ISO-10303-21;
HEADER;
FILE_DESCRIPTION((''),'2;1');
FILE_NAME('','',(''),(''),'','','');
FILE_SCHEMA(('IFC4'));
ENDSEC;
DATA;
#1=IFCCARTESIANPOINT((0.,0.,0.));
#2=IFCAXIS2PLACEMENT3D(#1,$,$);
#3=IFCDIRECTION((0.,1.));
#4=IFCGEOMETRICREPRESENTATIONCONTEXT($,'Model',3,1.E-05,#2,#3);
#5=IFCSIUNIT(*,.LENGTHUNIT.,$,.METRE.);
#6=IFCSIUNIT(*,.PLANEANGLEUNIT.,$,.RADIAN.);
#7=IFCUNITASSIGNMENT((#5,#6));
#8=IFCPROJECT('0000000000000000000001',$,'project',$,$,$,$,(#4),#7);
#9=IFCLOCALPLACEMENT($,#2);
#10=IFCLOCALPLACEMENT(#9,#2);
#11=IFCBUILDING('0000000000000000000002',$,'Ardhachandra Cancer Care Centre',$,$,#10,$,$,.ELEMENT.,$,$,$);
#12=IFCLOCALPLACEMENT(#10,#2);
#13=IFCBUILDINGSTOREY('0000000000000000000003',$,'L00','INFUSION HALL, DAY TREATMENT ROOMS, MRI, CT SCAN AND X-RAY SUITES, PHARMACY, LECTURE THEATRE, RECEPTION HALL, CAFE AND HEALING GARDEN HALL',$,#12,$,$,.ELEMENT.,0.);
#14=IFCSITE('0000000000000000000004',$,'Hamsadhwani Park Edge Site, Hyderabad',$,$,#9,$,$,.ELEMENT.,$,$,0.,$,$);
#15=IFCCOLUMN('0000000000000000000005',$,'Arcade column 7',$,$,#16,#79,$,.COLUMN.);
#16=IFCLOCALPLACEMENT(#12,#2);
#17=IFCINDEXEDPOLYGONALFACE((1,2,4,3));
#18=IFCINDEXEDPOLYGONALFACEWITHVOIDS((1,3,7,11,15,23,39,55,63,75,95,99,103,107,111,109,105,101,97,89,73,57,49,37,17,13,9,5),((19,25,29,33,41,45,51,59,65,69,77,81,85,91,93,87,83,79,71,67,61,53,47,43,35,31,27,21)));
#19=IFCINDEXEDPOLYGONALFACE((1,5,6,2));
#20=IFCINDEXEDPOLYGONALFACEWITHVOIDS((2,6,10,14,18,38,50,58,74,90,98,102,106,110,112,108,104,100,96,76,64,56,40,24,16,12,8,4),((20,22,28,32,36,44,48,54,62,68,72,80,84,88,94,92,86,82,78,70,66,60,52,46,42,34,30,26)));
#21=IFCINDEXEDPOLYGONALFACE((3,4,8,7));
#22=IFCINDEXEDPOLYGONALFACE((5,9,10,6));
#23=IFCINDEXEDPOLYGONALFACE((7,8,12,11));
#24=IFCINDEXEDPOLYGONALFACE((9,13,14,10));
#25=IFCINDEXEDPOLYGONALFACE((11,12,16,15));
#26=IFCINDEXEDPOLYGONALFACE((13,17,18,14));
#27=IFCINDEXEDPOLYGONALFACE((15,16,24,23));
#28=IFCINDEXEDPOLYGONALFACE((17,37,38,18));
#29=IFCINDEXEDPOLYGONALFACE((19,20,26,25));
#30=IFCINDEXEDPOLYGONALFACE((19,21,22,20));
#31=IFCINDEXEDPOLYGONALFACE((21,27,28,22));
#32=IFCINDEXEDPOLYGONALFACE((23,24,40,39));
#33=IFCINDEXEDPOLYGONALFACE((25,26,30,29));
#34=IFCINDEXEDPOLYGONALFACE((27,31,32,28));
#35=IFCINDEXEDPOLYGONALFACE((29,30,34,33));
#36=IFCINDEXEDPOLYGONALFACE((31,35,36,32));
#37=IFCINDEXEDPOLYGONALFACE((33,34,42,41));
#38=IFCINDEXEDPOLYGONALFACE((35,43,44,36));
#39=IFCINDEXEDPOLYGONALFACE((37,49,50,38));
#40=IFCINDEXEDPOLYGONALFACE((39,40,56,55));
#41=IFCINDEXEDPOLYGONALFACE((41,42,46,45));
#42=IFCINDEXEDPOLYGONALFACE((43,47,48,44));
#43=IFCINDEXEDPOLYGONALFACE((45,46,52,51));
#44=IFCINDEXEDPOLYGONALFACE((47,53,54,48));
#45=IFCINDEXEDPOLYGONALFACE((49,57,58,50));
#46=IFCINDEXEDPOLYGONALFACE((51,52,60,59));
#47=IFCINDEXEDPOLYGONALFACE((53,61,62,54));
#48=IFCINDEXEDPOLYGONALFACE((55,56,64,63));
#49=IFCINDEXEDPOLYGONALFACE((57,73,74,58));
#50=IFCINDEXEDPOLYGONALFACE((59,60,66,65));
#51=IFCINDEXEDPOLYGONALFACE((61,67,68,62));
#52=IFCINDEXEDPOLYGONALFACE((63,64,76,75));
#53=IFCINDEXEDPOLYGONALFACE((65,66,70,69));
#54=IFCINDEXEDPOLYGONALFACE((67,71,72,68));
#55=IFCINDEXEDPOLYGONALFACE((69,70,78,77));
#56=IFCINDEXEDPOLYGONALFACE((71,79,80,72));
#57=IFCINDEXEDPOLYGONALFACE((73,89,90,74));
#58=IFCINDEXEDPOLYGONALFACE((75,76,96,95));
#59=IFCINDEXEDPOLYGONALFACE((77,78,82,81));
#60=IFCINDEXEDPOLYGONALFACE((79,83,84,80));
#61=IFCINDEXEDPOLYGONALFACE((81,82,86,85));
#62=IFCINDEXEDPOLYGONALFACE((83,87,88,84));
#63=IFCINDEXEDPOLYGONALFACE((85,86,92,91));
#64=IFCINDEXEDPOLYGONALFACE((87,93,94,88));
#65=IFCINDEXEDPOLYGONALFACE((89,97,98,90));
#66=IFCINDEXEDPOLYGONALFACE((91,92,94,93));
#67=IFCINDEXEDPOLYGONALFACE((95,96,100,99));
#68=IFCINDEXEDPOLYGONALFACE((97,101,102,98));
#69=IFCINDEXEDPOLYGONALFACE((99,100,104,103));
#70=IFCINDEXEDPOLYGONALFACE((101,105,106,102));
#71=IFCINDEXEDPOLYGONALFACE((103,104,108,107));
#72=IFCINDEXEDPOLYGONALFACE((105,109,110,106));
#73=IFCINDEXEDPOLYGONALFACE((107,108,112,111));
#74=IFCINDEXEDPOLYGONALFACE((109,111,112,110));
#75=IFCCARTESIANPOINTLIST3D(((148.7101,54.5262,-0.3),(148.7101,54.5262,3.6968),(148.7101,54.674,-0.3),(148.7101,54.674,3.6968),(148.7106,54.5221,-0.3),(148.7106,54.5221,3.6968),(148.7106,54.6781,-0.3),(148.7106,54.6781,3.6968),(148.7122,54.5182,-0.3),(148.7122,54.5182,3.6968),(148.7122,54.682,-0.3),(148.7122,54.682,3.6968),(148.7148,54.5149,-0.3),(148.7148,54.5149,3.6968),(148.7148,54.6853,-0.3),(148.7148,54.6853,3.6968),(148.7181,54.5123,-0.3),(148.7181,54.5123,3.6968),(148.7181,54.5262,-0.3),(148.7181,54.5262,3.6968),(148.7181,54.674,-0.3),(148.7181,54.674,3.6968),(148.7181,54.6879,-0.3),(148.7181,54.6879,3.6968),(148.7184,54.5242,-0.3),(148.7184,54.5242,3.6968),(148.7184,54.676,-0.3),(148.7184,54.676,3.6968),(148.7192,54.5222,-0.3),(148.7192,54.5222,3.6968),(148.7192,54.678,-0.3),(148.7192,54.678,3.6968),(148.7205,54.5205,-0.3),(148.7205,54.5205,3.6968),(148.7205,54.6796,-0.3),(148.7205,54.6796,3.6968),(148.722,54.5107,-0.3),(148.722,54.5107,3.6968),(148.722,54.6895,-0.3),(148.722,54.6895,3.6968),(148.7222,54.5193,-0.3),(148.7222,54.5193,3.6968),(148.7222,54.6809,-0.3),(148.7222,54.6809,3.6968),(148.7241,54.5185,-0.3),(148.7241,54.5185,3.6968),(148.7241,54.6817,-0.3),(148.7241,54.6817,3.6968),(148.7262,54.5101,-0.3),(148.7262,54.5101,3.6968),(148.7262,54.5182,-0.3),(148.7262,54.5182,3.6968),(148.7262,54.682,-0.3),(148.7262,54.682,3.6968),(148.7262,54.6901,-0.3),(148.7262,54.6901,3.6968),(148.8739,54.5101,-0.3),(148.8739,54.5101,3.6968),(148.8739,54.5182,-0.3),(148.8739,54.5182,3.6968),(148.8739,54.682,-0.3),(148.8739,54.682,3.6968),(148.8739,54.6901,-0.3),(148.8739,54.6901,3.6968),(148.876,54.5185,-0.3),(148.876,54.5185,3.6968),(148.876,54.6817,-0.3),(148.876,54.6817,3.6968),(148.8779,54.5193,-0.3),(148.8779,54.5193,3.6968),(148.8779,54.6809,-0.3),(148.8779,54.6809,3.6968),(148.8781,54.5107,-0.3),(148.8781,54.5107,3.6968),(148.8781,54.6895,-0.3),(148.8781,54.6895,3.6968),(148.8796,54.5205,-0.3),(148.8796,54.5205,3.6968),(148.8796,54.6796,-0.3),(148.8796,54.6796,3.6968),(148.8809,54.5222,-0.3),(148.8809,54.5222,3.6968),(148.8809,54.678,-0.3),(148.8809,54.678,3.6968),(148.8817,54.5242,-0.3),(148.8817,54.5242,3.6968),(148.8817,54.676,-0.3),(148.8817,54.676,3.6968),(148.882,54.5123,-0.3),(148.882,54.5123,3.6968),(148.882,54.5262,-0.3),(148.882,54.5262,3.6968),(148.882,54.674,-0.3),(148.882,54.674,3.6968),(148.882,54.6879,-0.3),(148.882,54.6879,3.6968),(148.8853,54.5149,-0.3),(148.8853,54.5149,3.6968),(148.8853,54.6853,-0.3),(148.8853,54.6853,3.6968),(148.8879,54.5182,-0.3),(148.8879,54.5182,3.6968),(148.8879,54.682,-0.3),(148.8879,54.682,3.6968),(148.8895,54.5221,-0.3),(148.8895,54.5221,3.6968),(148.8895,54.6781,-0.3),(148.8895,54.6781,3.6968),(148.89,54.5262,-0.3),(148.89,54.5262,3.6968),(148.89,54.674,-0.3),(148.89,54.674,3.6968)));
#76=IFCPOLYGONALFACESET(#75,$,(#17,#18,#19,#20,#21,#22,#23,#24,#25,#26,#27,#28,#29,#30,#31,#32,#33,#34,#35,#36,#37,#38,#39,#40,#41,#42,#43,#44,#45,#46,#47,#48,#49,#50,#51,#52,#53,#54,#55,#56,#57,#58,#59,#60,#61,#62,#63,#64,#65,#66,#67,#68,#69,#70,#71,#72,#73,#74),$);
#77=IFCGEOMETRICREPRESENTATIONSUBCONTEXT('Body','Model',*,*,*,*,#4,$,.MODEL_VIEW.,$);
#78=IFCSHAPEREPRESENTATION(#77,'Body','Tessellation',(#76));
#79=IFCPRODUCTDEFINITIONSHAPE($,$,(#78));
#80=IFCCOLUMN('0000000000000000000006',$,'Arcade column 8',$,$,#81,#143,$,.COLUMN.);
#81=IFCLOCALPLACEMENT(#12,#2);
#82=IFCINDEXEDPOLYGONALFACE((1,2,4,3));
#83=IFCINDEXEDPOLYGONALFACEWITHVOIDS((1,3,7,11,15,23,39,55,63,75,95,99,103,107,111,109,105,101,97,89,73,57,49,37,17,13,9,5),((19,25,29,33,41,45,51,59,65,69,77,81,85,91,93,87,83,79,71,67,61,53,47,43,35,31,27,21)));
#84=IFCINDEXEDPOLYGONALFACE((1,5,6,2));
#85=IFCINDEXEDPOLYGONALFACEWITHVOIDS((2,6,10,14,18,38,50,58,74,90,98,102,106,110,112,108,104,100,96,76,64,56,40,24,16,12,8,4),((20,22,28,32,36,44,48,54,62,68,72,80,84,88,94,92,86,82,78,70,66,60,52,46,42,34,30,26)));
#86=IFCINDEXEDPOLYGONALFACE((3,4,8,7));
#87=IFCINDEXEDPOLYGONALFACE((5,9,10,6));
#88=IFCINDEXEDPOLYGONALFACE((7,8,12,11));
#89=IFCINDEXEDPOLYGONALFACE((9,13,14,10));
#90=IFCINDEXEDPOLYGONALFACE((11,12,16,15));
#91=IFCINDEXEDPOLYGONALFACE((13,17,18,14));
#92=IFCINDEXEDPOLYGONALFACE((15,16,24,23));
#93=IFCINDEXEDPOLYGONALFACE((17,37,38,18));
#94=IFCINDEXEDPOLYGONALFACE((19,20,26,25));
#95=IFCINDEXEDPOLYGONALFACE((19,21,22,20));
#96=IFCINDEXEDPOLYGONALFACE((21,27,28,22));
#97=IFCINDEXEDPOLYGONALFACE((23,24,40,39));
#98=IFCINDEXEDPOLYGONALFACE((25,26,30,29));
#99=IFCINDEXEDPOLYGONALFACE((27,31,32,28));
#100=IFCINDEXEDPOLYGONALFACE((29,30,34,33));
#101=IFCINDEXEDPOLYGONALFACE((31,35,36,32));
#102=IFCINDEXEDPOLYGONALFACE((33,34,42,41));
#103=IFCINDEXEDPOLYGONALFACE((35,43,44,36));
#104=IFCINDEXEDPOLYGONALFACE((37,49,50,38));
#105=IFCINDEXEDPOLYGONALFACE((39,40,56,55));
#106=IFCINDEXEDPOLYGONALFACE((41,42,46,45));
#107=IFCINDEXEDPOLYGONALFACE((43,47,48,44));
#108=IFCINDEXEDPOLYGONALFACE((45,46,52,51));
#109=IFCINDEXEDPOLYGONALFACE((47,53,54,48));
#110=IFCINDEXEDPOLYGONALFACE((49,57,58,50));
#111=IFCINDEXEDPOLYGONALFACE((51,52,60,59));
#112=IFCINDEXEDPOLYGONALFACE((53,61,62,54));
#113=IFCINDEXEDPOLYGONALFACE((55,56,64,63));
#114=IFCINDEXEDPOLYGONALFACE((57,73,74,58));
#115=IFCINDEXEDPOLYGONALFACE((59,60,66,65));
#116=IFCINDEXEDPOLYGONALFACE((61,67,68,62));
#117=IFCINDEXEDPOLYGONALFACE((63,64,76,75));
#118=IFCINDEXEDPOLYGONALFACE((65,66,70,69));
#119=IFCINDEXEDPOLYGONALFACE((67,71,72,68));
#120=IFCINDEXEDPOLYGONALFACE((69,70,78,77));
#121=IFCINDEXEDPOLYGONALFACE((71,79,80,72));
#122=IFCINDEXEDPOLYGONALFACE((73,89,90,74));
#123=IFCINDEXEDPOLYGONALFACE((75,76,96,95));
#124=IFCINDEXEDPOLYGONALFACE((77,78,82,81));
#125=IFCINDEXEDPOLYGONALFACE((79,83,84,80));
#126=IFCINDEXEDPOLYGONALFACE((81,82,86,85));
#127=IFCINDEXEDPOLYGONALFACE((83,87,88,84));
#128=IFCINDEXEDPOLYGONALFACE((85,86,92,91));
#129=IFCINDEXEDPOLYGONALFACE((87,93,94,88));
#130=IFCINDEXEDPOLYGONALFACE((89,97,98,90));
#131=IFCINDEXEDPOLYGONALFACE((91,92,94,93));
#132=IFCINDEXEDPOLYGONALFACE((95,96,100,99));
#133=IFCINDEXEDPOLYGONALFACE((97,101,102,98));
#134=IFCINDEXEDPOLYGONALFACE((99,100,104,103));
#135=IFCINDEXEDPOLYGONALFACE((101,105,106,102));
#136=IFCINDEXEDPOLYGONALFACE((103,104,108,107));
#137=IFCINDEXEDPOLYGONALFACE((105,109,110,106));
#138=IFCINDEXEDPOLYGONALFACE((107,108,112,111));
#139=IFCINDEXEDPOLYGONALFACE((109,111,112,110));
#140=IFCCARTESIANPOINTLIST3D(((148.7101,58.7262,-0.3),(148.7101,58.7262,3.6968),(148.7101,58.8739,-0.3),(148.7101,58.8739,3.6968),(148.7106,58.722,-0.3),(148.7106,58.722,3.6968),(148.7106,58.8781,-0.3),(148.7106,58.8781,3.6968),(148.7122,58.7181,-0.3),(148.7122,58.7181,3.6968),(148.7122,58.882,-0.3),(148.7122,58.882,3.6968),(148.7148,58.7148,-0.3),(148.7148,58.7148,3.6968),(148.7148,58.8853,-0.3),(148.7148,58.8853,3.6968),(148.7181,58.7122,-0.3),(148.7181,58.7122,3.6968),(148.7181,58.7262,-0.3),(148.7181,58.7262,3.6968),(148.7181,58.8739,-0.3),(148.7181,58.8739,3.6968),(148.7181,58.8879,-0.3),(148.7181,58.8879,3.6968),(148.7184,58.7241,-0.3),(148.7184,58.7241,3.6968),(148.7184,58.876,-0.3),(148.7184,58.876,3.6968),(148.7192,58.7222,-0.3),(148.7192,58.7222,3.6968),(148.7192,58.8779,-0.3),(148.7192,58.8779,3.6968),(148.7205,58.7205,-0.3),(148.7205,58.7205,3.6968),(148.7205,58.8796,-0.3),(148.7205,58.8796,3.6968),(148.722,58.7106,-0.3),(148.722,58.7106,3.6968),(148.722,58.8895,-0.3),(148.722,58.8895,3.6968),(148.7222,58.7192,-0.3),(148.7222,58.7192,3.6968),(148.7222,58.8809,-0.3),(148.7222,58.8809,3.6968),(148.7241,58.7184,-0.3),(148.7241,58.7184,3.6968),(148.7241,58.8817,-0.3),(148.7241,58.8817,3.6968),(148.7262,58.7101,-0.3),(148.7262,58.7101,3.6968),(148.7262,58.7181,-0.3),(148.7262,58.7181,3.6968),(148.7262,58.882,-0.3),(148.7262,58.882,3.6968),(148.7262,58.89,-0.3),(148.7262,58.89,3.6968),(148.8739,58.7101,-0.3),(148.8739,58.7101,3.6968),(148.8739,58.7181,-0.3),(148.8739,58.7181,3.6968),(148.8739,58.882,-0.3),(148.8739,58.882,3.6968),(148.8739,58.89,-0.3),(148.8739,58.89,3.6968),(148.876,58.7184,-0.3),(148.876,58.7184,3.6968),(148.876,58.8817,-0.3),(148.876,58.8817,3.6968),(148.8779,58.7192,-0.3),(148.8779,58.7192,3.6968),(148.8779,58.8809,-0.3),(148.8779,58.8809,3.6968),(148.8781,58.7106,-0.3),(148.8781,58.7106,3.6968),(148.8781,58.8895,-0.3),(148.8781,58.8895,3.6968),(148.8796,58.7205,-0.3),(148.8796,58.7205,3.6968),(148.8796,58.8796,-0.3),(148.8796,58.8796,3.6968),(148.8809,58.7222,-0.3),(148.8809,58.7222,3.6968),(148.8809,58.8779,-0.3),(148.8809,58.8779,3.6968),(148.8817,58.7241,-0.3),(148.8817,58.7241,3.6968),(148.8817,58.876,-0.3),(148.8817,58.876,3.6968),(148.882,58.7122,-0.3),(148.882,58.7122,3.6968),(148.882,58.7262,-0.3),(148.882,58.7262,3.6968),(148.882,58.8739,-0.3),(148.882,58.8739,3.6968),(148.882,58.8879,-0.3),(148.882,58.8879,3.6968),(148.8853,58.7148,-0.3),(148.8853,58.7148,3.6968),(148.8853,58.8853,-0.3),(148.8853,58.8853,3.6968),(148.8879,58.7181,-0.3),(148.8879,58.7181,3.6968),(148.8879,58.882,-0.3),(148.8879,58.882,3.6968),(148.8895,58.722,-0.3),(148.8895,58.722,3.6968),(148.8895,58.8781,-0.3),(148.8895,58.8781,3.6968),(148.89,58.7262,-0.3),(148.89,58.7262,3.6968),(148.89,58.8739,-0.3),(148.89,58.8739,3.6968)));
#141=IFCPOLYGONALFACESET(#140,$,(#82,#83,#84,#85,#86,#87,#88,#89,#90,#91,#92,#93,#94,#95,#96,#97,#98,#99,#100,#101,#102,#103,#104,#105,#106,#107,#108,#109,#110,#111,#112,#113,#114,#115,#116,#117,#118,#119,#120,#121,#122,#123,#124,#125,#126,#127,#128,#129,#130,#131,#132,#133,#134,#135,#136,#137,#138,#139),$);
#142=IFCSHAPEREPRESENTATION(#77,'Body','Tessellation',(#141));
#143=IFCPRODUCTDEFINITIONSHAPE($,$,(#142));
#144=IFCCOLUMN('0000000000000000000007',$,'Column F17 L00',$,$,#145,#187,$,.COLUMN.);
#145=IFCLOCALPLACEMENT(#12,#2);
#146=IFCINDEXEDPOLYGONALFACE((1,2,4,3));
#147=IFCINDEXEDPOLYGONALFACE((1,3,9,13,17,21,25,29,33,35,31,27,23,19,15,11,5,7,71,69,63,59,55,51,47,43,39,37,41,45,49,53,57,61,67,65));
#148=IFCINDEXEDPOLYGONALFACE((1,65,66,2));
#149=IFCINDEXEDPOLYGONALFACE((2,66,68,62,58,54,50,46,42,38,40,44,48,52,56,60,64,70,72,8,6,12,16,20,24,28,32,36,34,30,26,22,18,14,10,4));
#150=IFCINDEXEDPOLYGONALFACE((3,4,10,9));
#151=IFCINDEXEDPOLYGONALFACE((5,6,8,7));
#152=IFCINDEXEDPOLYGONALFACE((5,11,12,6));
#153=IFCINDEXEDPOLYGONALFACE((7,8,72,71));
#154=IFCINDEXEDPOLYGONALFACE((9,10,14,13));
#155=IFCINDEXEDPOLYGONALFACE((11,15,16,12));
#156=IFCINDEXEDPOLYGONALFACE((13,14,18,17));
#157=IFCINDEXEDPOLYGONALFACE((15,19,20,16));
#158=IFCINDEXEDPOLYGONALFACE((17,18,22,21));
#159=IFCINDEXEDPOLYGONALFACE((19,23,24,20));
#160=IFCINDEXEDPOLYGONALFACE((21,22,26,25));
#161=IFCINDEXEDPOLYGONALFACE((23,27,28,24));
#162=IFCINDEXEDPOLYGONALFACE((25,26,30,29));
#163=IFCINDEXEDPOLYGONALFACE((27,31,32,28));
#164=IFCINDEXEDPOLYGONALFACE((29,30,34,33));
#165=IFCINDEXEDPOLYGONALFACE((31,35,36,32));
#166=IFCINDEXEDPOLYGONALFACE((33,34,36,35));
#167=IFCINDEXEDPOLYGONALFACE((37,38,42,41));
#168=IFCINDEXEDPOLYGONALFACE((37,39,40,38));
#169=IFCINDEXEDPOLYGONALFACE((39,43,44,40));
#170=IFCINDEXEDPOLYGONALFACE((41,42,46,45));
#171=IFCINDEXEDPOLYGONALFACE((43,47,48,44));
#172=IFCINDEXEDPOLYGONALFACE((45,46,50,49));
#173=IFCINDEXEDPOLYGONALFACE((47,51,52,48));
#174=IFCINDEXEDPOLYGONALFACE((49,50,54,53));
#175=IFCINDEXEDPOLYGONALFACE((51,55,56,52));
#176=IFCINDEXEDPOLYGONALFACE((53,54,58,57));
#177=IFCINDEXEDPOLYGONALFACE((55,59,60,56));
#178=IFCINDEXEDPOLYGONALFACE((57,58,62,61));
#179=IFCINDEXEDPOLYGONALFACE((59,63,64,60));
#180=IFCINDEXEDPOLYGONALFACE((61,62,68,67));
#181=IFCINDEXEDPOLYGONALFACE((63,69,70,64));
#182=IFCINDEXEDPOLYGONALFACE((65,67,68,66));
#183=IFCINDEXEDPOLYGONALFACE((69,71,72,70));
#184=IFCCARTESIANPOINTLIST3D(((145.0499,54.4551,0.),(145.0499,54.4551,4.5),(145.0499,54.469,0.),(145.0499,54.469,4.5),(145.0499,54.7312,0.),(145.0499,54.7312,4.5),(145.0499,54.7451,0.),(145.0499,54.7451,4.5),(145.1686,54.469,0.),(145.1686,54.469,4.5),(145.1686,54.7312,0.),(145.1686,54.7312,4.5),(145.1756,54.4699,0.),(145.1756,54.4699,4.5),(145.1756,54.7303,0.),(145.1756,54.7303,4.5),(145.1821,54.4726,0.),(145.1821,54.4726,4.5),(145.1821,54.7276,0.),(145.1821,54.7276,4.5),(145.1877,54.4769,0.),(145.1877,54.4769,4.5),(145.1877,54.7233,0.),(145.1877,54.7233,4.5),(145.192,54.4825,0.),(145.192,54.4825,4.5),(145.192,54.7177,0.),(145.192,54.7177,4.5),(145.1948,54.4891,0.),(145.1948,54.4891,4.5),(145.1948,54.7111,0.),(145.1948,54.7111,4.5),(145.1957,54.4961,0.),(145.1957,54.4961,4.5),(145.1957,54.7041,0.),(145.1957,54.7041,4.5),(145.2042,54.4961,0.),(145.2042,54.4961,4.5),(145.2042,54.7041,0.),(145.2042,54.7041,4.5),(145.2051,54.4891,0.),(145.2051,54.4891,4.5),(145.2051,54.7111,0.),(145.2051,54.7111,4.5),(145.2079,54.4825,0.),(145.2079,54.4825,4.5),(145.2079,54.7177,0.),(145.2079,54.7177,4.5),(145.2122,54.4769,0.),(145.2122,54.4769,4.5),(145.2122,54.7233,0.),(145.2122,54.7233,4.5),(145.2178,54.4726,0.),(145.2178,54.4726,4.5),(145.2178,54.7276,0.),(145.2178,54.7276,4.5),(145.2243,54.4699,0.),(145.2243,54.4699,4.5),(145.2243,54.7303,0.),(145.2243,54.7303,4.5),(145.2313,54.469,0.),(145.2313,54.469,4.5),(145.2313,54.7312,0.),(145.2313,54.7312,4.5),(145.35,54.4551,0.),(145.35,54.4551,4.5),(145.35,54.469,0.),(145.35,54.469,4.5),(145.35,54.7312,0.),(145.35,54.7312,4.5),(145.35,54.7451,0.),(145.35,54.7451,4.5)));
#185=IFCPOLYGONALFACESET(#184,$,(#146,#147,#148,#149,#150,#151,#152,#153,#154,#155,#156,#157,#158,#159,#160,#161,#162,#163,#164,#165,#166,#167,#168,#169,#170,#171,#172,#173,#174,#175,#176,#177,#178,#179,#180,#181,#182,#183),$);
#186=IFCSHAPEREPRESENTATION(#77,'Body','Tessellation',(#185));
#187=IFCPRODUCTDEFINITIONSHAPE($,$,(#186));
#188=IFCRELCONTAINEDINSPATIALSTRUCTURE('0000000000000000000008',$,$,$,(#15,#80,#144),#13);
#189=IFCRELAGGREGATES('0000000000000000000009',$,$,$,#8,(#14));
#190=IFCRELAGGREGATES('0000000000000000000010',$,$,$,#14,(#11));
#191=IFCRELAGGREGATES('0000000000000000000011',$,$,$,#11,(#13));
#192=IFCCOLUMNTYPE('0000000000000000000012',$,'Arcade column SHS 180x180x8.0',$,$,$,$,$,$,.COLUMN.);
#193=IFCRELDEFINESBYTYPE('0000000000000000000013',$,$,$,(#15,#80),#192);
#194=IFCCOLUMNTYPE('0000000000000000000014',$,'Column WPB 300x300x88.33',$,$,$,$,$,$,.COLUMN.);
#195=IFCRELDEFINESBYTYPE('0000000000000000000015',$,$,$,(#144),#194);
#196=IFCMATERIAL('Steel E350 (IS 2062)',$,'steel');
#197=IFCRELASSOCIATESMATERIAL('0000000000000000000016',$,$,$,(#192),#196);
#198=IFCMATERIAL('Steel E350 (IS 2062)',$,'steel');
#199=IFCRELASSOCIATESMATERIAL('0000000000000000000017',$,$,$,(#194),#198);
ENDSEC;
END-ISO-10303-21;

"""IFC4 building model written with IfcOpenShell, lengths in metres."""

from ifc_helpers import new_model, si_unit, direction, frame, origin, origin_2d, place, context, subcontext, project, spatial, hollow_rectangle, i_section, extrude, material, material_profile, profile_set, type_object, element, save


model = new_model("IFC4")

# Units and contexts
model_context = context("Model", 3, precision=1e-05, world=origin(), true_north=direction((0.0, 1.0)))
body_context = subcontext(model_context, "Body", "Model", "MODEL_VIEW")
ifc_project = project(units=[si_unit("LENGTHUNIT", "METRE"), si_unit("PLANEANGLEUNIT", "RADIAN")], contexts=[model_context])

# Site, building, storey
site_placement = place(None, origin())
site = spatial("IfcSite", under=ifc_project, at=site_placement, Name="Hamsadhwani Park Edge Site, Hyderabad", CompositionType="ELEMENT", RefElevation=0.0)
building_placement = place(site_placement, origin())
building = spatial("IfcBuilding", under=site, at=building_placement, Name="Ardhachandra Cancer Care Centre", CompositionType="ELEMENT")
storey_placement = place(building_placement, origin())
storey = spatial("IfcBuildingStorey", under=building, at=storey_placement, Name="L00", Description="INFUSION HALL, DAY TREATMENT ROOMS, MRI, CT SCAN AND X-RAY SUITES, PHARMACY, LECTURE THEATRE, RECEPTION HALL, CAFE AND HEALING GARDEN HALL", CompositionType="ELEMENT", Elevation=0.0)

# Columns
ifc_material_1 = material(Name="Steel E350 (IS 2062)", Category="steel")
ifc_material_profile_1 = material_profile(ifc_material_1, hollow_rectangle(XDim=0.1799, YDim=0.1799, WallThickness=0.0081, InnerFilletRadius=0.0081, OuterFilletRadius=0.0161, at=origin_2d()), Name="SHS 180x180x8.0")
ifc_profile_set_1 = profile_set([ifc_material_profile_1], Name="Steel E350 (IS 2062)")
column_type_1 = type_object("IfcColumnType", Name="Arcade column SHS 180x180x8.0", PredefinedType="COLUMN", material=ifc_profile_set_1)
for number, where, z_axis, x_axis, name in (
    (1, (148.8, 54.6001, -0.3), (0.0, 0.0, 1.0), (1.0, 0.0, 0.0), "Arcade column 7"),
    (2, (148.8, 58.8, -0.3), (0.0, 0.0, 1.0), (1.0, 0.0, 0.0), "Arcade column 8"),
):
    element("IfcColumn", number, at=place(storey_placement, frame(where, z_axis=z_axis, x_axis=x_axis)), inside=storey, type_object=column_type_1, Name=name, PredefinedType="COLUMN", context=body_context, shape_type="SweptSolid", body=[
        extrude(hollow_rectangle(XDim=0.1799, YDim=0.1799, WallThickness=0.0081, InnerFilletRadius=0.0081, OuterFilletRadius=0.0161, at=origin_2d()), origin(), (0.0, 0.0, 1.0), 3.9968),
    ])
ifc_material_2 = material(Name="Steel E350 (IS 2062)", Category="steel")
ifc_material_profile_2 = material_profile(ifc_material_2, i_section(OverallWidth=0.3, OverallDepth=0.29, WebThickness=0.0085, FlangeThickness=0.0139, FilletRadius=0.0271, at=origin_2d()), Name="WPB 300x300x88.33")
ifc_profile_set_2 = profile_set([ifc_material_profile_2], Name="Steel E350 (IS 2062)")
column_type_2 = type_object("IfcColumnType", Name="Column WPB 300x300x88.33", PredefinedType="COLUMN", material=ifc_profile_set_2)
for number, where, z_axis, x_axis, name in (
    (3, (145.2, 54.6001, 0.0), (0.0, 0.0, 1.0), (1.0, 0.0, 0.0), "Column F17 L00"),
):
    element("IfcColumn", number, at=place(storey_placement, frame(where, z_axis=z_axis, x_axis=x_axis)), inside=storey, type_object=column_type_2, Name=name, PredefinedType="COLUMN", context=body_context, shape_type="SweptSolid", body=[
        extrude(i_section(OverallWidth=0.3, OverallDepth=0.29, WebThickness=0.0085, FlangeThickness=0.0139, FilletRadius=0.0271, at=origin_2d()), origin(), (0.0, 0.0, 1.0), 4.5),
    ])

save(model, "model.ifc")
